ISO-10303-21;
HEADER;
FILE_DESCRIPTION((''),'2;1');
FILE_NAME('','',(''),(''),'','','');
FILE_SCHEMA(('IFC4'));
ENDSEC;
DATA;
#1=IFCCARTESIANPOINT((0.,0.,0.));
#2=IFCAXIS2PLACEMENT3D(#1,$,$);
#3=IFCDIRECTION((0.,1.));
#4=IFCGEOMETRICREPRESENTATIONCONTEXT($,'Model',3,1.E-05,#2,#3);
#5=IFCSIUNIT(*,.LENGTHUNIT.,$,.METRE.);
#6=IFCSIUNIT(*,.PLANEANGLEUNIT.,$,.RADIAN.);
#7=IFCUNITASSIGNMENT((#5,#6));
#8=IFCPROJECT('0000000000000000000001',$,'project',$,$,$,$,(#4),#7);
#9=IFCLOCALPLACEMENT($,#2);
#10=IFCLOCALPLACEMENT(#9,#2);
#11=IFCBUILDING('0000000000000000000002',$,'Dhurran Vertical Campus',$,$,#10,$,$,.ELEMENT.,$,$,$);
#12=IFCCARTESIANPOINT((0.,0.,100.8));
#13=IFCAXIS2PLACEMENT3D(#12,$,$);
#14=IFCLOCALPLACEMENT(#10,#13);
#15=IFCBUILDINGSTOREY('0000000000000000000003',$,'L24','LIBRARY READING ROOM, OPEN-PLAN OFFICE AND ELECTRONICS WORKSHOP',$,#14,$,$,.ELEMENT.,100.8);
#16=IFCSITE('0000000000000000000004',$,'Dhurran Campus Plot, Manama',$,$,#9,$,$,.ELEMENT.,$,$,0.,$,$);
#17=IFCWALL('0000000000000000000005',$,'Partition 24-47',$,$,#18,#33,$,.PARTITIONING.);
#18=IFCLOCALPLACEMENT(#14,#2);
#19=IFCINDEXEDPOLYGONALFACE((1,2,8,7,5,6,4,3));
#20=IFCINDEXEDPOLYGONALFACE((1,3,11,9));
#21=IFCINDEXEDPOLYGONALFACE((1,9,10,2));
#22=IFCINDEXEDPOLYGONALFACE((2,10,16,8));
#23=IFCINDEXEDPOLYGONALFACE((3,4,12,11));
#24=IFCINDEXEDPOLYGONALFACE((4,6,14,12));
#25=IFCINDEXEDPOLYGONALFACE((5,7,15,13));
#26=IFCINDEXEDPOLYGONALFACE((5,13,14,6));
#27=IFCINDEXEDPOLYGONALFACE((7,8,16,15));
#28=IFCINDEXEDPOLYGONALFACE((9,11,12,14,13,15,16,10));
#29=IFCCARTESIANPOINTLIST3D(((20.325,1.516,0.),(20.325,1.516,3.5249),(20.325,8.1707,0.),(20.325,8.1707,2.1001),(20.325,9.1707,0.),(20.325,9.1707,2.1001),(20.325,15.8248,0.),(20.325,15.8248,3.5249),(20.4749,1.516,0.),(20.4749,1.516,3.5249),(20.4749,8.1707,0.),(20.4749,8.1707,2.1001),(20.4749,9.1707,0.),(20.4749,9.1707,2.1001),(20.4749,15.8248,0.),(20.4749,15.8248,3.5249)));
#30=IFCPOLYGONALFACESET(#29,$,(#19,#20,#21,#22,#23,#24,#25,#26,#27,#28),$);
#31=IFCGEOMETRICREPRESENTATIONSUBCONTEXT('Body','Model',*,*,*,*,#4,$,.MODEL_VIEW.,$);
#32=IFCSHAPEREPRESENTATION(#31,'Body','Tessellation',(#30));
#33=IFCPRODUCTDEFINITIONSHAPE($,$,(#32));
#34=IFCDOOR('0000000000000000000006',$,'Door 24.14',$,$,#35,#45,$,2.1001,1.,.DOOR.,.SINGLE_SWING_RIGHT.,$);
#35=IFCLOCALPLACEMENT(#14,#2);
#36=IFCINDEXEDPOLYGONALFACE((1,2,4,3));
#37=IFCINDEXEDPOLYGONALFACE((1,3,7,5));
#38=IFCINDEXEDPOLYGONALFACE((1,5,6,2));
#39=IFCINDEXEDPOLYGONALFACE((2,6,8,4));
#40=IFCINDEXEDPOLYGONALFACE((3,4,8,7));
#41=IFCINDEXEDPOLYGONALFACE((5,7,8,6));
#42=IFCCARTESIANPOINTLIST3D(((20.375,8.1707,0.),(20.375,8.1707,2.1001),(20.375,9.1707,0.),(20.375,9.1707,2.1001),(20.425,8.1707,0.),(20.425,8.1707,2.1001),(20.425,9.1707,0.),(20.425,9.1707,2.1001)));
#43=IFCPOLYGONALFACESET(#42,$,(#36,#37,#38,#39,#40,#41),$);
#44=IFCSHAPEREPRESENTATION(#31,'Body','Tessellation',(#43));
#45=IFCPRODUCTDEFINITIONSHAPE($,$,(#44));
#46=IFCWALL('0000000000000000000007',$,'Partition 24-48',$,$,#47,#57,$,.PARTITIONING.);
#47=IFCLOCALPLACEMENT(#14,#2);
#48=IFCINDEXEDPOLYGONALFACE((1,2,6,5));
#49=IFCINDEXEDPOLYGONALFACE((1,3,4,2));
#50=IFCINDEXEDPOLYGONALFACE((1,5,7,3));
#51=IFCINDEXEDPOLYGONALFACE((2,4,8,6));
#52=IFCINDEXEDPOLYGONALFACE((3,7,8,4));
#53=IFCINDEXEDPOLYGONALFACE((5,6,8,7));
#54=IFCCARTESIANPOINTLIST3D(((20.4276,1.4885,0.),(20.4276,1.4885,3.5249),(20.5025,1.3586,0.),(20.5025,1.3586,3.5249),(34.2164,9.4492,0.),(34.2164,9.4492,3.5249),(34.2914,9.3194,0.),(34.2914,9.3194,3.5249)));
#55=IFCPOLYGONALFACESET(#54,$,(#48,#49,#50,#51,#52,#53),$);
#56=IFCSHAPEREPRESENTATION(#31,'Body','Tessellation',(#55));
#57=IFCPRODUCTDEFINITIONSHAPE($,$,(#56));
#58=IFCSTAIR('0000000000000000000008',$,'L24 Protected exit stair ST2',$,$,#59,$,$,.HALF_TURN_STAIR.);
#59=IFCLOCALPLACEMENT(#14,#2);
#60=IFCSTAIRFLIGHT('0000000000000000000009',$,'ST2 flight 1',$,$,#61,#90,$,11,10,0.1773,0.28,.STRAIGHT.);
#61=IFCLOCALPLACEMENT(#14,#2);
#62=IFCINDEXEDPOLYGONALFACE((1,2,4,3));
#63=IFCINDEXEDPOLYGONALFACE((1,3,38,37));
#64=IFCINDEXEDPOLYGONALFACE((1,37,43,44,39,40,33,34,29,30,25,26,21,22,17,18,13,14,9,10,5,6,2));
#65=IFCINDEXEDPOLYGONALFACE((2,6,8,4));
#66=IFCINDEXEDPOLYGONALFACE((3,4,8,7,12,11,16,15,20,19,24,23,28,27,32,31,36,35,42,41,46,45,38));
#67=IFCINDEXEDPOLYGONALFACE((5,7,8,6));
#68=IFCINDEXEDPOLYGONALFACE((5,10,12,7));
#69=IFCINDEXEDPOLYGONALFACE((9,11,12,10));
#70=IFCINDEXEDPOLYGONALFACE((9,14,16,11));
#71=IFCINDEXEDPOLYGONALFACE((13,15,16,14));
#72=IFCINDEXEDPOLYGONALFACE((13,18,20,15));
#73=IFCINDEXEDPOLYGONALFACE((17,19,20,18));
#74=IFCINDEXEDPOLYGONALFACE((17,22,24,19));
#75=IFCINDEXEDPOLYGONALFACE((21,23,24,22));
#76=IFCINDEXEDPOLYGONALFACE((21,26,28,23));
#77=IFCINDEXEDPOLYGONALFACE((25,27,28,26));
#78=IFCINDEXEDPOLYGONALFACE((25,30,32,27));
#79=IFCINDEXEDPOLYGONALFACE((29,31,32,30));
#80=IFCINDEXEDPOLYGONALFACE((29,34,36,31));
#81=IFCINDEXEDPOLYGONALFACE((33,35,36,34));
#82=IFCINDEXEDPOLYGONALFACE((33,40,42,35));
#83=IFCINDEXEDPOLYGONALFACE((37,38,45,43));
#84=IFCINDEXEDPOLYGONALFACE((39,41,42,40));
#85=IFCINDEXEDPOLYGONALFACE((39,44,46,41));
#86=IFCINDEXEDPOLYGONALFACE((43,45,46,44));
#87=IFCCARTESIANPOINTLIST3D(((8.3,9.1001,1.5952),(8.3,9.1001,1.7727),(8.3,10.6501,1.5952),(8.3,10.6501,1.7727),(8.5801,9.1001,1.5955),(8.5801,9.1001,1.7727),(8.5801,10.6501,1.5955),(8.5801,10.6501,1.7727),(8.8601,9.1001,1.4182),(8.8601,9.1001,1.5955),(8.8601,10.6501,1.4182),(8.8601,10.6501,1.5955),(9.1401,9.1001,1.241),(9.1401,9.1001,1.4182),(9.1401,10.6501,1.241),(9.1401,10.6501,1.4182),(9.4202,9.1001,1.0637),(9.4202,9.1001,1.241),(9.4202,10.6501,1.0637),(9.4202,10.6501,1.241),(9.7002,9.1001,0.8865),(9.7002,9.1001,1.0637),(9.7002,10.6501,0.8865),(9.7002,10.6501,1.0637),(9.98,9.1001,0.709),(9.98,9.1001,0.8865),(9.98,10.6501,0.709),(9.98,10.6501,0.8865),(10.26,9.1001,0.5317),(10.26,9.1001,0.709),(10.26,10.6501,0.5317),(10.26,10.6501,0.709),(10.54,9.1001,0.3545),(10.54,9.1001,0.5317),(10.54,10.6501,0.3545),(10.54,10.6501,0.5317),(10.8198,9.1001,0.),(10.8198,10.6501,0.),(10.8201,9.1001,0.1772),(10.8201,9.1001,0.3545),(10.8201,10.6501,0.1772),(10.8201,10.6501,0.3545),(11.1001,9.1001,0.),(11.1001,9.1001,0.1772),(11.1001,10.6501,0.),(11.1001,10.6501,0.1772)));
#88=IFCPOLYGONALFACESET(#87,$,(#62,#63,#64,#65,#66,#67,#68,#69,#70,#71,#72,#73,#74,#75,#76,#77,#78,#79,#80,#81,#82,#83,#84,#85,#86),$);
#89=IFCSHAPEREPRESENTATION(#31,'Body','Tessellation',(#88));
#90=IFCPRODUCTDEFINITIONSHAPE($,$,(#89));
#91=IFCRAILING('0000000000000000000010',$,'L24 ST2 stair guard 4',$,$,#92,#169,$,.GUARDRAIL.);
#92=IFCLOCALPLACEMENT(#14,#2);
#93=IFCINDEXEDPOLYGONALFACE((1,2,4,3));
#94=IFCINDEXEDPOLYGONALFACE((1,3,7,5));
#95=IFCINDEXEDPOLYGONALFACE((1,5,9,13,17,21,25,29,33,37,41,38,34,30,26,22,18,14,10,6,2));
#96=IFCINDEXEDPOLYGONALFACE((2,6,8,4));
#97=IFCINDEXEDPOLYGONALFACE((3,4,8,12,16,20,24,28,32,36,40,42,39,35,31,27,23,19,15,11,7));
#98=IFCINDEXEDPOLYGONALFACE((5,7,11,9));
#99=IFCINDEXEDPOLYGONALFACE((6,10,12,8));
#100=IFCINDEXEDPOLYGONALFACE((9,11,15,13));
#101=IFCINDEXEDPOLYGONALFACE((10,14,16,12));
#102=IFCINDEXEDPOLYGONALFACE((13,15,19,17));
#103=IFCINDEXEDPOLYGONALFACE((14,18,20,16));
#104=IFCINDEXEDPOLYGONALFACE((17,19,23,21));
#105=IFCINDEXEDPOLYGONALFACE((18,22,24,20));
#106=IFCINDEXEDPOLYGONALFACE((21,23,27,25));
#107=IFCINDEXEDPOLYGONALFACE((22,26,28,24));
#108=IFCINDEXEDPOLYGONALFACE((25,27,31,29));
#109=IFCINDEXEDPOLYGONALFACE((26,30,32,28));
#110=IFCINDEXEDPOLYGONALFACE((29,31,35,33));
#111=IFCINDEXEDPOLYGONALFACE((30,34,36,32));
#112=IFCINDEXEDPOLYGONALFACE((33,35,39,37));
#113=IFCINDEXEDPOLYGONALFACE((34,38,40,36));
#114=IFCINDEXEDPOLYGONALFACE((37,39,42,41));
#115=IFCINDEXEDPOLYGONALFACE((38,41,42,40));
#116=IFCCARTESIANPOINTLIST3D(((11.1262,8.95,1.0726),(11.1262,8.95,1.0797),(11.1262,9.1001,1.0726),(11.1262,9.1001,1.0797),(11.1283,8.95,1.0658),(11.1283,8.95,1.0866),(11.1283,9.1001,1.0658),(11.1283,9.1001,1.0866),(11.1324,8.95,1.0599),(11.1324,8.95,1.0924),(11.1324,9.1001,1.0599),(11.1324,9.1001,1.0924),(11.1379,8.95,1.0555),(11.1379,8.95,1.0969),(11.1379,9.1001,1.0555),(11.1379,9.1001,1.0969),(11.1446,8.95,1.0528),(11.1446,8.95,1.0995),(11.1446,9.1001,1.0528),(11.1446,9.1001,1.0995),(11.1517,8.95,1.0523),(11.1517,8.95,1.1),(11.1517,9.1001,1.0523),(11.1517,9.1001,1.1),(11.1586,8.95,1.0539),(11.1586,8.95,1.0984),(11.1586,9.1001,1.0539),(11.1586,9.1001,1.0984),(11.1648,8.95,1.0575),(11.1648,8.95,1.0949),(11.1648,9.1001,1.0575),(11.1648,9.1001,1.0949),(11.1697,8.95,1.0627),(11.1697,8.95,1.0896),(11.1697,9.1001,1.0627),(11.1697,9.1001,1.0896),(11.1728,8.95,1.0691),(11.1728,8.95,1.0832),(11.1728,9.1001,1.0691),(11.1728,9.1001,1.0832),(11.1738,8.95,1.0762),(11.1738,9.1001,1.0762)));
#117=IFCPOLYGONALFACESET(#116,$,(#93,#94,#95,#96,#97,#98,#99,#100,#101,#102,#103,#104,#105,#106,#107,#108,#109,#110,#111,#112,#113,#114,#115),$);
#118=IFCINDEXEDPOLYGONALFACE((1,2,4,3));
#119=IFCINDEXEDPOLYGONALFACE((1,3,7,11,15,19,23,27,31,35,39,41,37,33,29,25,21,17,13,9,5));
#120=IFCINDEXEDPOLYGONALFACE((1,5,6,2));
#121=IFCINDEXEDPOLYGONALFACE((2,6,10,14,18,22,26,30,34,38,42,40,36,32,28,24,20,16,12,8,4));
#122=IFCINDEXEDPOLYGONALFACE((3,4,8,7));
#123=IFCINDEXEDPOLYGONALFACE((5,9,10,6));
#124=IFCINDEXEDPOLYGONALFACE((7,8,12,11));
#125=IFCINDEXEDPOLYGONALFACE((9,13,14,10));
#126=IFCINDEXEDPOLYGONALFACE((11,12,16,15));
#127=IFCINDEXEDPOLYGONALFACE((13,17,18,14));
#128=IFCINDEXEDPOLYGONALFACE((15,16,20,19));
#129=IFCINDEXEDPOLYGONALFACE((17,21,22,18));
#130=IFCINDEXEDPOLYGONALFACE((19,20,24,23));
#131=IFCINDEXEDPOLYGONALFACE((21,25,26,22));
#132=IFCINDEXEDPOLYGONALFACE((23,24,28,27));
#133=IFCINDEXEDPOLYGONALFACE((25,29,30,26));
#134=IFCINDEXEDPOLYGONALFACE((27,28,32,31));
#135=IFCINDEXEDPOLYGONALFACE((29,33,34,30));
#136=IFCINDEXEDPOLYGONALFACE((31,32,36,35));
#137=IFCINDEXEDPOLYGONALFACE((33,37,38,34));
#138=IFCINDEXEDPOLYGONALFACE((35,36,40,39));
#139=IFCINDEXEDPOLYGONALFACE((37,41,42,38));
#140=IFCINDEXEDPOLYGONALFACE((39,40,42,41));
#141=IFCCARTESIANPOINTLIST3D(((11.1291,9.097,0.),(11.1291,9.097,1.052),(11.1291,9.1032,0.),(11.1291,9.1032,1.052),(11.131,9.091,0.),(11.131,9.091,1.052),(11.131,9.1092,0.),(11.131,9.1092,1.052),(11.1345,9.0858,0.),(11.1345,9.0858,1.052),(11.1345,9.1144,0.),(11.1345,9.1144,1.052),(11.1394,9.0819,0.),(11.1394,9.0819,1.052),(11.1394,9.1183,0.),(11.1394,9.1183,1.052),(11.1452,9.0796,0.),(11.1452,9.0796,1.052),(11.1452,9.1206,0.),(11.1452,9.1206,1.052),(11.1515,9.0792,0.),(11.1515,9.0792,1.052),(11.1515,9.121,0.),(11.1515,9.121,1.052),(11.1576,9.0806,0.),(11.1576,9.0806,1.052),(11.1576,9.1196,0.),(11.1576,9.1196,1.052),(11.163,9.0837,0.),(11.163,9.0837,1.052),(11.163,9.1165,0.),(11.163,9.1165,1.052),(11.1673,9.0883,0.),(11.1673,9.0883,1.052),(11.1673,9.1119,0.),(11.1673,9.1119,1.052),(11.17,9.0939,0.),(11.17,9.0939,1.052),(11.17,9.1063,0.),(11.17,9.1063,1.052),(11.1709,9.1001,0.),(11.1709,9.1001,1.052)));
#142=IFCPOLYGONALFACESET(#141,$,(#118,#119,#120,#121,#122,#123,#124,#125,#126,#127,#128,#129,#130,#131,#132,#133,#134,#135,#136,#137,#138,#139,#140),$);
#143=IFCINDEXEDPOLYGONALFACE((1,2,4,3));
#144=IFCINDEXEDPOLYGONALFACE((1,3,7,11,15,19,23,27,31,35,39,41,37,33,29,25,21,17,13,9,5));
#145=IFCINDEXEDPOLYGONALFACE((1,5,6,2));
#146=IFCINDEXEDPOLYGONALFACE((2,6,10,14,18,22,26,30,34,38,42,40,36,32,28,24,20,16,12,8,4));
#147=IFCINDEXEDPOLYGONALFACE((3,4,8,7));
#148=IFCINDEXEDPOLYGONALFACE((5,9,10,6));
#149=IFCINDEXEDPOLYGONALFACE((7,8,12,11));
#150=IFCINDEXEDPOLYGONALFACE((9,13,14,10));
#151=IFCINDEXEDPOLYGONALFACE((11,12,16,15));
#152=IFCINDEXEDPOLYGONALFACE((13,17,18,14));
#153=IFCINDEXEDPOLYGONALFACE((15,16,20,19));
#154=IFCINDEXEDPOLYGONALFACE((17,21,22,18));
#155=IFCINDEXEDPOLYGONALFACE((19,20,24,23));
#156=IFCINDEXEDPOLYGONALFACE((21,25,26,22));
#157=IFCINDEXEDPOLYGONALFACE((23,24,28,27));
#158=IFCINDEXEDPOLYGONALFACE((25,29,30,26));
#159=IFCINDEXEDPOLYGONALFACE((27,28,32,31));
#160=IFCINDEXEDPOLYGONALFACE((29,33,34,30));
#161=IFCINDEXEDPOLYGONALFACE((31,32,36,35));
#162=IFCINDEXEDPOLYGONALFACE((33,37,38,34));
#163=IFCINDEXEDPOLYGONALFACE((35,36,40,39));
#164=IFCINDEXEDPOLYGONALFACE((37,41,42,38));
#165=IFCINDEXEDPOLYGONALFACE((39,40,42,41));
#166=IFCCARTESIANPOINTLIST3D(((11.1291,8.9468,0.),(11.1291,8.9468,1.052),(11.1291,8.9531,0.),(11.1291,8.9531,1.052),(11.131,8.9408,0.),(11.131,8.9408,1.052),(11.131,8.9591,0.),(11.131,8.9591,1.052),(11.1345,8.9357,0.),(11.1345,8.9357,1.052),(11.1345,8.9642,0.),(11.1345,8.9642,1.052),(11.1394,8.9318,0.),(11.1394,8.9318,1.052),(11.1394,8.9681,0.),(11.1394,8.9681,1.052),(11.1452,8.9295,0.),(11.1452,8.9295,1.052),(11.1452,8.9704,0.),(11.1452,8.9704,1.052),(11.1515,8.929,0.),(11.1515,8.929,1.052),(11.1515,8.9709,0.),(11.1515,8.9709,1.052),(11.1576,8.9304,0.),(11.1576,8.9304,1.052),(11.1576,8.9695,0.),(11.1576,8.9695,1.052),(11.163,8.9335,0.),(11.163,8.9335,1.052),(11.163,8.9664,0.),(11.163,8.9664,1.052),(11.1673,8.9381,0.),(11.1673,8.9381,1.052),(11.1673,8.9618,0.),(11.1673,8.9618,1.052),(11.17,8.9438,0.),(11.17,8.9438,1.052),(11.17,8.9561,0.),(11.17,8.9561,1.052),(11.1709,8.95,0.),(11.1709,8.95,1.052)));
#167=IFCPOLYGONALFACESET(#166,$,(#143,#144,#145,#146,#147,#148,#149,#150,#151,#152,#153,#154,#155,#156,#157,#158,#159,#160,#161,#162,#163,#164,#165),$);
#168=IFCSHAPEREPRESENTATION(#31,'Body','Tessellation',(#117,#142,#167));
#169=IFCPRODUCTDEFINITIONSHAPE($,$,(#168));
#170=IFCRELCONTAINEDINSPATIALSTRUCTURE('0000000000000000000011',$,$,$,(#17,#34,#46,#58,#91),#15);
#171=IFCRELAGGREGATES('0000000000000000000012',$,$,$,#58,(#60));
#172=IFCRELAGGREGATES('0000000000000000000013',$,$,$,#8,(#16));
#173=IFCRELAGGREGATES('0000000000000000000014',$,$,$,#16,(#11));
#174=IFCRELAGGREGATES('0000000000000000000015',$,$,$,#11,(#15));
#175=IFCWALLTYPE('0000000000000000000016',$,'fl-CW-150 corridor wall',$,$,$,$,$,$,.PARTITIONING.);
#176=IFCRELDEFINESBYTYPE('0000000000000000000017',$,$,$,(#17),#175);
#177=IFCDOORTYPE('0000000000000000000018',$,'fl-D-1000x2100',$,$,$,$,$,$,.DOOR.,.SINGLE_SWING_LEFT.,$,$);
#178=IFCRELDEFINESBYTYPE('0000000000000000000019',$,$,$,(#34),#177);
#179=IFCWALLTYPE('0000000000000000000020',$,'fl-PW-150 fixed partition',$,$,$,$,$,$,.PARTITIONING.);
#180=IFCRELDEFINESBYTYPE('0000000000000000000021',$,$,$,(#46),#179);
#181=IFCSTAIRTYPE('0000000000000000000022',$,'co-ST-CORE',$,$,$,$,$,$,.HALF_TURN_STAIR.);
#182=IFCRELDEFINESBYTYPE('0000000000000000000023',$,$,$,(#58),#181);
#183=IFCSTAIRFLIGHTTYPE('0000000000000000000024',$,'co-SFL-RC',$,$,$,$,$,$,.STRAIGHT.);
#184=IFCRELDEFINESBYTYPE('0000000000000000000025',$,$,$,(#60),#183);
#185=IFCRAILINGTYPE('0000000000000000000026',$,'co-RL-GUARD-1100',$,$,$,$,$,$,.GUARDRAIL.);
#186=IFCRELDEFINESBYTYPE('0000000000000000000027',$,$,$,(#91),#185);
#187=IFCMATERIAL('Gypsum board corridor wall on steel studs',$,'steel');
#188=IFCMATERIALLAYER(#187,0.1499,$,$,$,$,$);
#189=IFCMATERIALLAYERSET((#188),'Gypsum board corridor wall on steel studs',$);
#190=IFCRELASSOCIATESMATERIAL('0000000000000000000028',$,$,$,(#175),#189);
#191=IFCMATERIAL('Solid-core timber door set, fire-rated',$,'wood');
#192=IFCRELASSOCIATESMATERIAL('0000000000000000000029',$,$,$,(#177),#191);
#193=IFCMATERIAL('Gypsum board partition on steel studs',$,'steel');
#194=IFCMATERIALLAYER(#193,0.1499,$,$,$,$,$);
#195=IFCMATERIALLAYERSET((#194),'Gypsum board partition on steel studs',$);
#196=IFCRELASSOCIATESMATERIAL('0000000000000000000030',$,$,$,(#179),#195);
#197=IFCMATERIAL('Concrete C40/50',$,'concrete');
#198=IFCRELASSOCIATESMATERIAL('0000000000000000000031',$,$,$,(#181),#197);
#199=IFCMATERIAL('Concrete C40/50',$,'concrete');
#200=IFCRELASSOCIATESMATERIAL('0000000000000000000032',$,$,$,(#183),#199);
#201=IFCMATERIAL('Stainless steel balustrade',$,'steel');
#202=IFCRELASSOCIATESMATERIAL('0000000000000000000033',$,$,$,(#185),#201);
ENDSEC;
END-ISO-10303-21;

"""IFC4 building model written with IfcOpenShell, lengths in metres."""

from ifc_helpers import new_model, si_unit, direction, frame, frame_2d, origin, origin_2d, place, context, subcontext, project, spatial, polyline, rectangle, circle, outline, extrude, material, layer, layer_set, type_object, element, fill, aggregate, save


model = new_model("IFC4")

# Units and contexts
model_context = context("Model", 3, precision=1e-05, world=origin(), true_north=direction((0.0, 1.0)))
body_context = subcontext(model_context, "Body", "Model", "MODEL_VIEW")
ifc_project = project(units=[si_unit("LENGTHUNIT", "METRE"), si_unit("PLANEANGLEUNIT", "RADIAN")], contexts=[model_context])

# Site, building, storey
site_placement = place(None, origin())
site = spatial("IfcSite", under=ifc_project, at=site_placement, Name="Dhurran Campus Plot, Manama", CompositionType="ELEMENT", RefElevation=0.0)
building_placement = place(site_placement, origin())
building = spatial("IfcBuilding", under=site, at=building_placement, Name="Dhurran Vertical Campus", CompositionType="ELEMENT")
storey_placement = place(building_placement, frame((0.0, 0.0, 100.8)))
storey = spatial("IfcBuildingStorey", under=building, at=storey_placement, Name="L24", Description="LIBRARY READING ROOM, OPEN-PLAN OFFICE AND ELECTRONICS WORKSHOP", CompositionType="ELEMENT", Elevation=100.8)

# Wall, opening, door
ifc_material_1 = material(Name="Gypsum board corridor wall on steel studs", Category="steel")
ifc_layer_1 = layer(ifc_material_1, 0.1499)
ifc_layer_set_1 = layer_set([ifc_layer_1], Name="Gypsum board corridor wall on steel studs")
wall_type_1 = type_object("IfcWallType", Name="fl-CW-150 corridor wall", PredefinedType="PARTITIONING", material=ifc_layer_set_1)
wall_1_placement = place(storey_placement, frame((20.3999, 1.5161, 0.0), z_axis=(0.0, 0.0, 1.0), x_axis=(0.0, 1.0, 0.0)))
wall_1 = element("IfcWall", 1, at=wall_1_placement, inside=storey, type_object=wall_type_1, Name="Partition 24-47", PredefinedType="PARTITIONING", context=body_context, shape_type="SweptSolid", body=[
    extrude(rectangle(XDim=14.3088, YDim=0.1499, at=frame_2d((7.1543, 0.0))), origin(), (0.0, 0.0, 1.0), 3.5249),
])
opening_1_placement = place(wall_1_placement, frame((6.6545, 0.0, 0.0)))
opening_1 = element("IfcOpeningElement", 2, at=opening_1_placement, cuts=wall_1, PredefinedType="OPENING", context=body_context, shape_type="SweptSolid", body=[
    extrude(rectangle(XDim=1.0, YDim=2.1001, at=frame_2d((0.5, 1.05))), frame((0.0, 0.085, 0.0), z_axis=(0.0, -1.0, 0.0), x_axis=(1.0, 0.0, 0.0)), (0.0, 0.0, 1.0), 0.1699),
])
ifc_material_2 = material(Name="Solid-core timber door set, fire-rated", Category="wood")
door_type_1 = type_object("IfcDoorType", Name="fl-D-1000x2100", OperationType="SINGLE_SWING_LEFT", PredefinedType="DOOR", material=ifc_material_2)
door_1_placement = place(opening_1_placement, origin())
door_1 = element("IfcDoor", 3, at=door_1_placement, inside=storey, type_object=door_type_1, Name="Door 24.14", OperationType="SINGLE_SWING_RIGHT", OverallHeight=2.1001, OverallWidth=1.0, PredefinedType="DOOR", context=body_context, shape_type="SweptSolid", body=[
    extrude(rectangle(XDim=1.0, YDim=2.1001, at=frame_2d((0.5, 1.05))), frame((0.0, 0.0249, 0.0), z_axis=(0.0, -1.0, 0.0), x_axis=(1.0, 0.0, 0.0)), (0.0, 0.0, 1.0), 0.05),
])
fill(opening_1, door_1)

# Wall
ifc_material_3 = material(Name="Gypsum board partition on steel studs", Category="steel")
ifc_layer_2 = layer(ifc_material_3, 0.1499)
ifc_layer_set_2 = layer_set([ifc_layer_2], Name="Gypsum board partition on steel studs")
wall_type_2 = type_object("IfcWallType", Name="fl-PW-150 fixed partition", PredefinedType="PARTITIONING", material=ifc_layer_set_2)
wall_2_placement = place(storey_placement, frame((34.2539, 9.3843, 0.0), z_axis=(0.0, 0.0, 1.0), x_axis=(-0.866033, -0.499987, 0.0)))
element("IfcWall", 4, at=wall_2_placement, inside=storey, type_object=wall_type_2, Name="Partition 24-48", PredefinedType="PARTITIONING", context=body_context, shape_type="SweptSolid", body=[
    extrude(rectangle(XDim=15.9219, YDim=0.1499, at=frame_2d((7.9609, 0.0))), origin(), (0.0, 0.0, 1.0), 3.5249),
])

# Stair, stair flight
ifc_material_4 = material(Name="Concrete C40/50", Category="concrete")
stair_type = type_object("IfcStairType", Name="co-ST-CORE", PredefinedType="HALF_TURN_STAIR", material=ifc_material_4)
stair_placement = place(storey_placement, origin())
stair = element("IfcStair", 5, at=stair_placement, inside=storey, type_object=stair_type, Name="L24 Protected exit stair ST2", PredefinedType="HALF_TURN_STAIR")
ifc_material_5 = material(Name="Concrete C40/50", Category="concrete")
stair_flight_type = type_object("IfcStairFlightType", Name="co-SFL-RC", PredefinedType="STRAIGHT", material=ifc_material_5)
stair_flight_placement = place(storey_placement, frame((11.1001, 9.875, 0.0), z_axis=(0.0, 0.0, 1.0), x_axis=(-1.0, 0.0, 0.0)))
stair_flight = element("IfcStairFlight", 6, at=stair_flight_placement, type_object=stair_flight_type, Name="ST2 flight 1", NumberOfRisers=11, NumberOfTreads=10, PredefinedType="STRAIGHT", RiserHeight=0.1773, TreadLength=0.28, context=body_context, shape_type="SweptSolid", body=[
    extrude(outline(polyline([(0.0, 0.0), (0.0, 0.1772), (0.28, 0.1772), (0.28, 0.3545), (0.5601, 0.3545), (0.5601, 0.5317), (0.8401, 0.5317), (0.8401, 0.709), (1.1201, 0.709), (1.1201, 0.8865), (1.3999, 0.8865), (1.3999, 1.0637), (1.6799, 1.0637), (1.6799, 1.241), (1.96, 1.241), (1.96, 1.4182), (2.24, 1.4182), (2.24, 1.5955), (2.52, 1.5955), (2.52, 1.7727), (2.8, 1.7727), (2.8, 1.95), (2.8, 1.5952), (0.2803, 0.0), (0.0, 0.0)])), frame((0.0, 0.7749, 0.0), z_axis=(0.0, -1.0, 0.0), x_axis=(1.0, 0.0, 0.0)), (0.0, 0.0, 1.0), 1.55),
])
aggregate(stair, [stair_flight])

# Railing
ifc_material_6 = material(Name="Stainless steel balustrade", Category="steel")
railing_type_1 = type_object("IfcRailingType", Name="co-RL-GUARD-1100", PredefinedType="GUARDRAIL", material=ifc_material_6)
railing_1_placement = place(storey_placement, frame((11.1499, 9.1001, 0.0)))
element("IfcRailing", 7, at=railing_1_placement, inside=storey, type_object=railing_type_1, Name="L24 ST2 stair guard 4", PredefinedType="GUARDRAIL", context=body_context, shape_type="SweptSolid", body=[
    extrude(circle(Radius=0.0239, at=origin_2d()), frame((0.0, 0.0, 1.0762), z_axis=(0.0, -1.0, 0.0), x_axis=(1.0, 0.0, 0.0)), (0.0, 0.0, 1.0), 0.1501),
    extrude(circle(Radius=0.021, at=origin_2d()), origin(), (0.0, 0.0, 1.0), 1.052),
    extrude(circle(Radius=0.021, at=origin_2d()), frame((0.0, -0.1501, 0.0)), (0.0, 0.0, 1.0), 1.052),
])

save(model, "model.ifc")
